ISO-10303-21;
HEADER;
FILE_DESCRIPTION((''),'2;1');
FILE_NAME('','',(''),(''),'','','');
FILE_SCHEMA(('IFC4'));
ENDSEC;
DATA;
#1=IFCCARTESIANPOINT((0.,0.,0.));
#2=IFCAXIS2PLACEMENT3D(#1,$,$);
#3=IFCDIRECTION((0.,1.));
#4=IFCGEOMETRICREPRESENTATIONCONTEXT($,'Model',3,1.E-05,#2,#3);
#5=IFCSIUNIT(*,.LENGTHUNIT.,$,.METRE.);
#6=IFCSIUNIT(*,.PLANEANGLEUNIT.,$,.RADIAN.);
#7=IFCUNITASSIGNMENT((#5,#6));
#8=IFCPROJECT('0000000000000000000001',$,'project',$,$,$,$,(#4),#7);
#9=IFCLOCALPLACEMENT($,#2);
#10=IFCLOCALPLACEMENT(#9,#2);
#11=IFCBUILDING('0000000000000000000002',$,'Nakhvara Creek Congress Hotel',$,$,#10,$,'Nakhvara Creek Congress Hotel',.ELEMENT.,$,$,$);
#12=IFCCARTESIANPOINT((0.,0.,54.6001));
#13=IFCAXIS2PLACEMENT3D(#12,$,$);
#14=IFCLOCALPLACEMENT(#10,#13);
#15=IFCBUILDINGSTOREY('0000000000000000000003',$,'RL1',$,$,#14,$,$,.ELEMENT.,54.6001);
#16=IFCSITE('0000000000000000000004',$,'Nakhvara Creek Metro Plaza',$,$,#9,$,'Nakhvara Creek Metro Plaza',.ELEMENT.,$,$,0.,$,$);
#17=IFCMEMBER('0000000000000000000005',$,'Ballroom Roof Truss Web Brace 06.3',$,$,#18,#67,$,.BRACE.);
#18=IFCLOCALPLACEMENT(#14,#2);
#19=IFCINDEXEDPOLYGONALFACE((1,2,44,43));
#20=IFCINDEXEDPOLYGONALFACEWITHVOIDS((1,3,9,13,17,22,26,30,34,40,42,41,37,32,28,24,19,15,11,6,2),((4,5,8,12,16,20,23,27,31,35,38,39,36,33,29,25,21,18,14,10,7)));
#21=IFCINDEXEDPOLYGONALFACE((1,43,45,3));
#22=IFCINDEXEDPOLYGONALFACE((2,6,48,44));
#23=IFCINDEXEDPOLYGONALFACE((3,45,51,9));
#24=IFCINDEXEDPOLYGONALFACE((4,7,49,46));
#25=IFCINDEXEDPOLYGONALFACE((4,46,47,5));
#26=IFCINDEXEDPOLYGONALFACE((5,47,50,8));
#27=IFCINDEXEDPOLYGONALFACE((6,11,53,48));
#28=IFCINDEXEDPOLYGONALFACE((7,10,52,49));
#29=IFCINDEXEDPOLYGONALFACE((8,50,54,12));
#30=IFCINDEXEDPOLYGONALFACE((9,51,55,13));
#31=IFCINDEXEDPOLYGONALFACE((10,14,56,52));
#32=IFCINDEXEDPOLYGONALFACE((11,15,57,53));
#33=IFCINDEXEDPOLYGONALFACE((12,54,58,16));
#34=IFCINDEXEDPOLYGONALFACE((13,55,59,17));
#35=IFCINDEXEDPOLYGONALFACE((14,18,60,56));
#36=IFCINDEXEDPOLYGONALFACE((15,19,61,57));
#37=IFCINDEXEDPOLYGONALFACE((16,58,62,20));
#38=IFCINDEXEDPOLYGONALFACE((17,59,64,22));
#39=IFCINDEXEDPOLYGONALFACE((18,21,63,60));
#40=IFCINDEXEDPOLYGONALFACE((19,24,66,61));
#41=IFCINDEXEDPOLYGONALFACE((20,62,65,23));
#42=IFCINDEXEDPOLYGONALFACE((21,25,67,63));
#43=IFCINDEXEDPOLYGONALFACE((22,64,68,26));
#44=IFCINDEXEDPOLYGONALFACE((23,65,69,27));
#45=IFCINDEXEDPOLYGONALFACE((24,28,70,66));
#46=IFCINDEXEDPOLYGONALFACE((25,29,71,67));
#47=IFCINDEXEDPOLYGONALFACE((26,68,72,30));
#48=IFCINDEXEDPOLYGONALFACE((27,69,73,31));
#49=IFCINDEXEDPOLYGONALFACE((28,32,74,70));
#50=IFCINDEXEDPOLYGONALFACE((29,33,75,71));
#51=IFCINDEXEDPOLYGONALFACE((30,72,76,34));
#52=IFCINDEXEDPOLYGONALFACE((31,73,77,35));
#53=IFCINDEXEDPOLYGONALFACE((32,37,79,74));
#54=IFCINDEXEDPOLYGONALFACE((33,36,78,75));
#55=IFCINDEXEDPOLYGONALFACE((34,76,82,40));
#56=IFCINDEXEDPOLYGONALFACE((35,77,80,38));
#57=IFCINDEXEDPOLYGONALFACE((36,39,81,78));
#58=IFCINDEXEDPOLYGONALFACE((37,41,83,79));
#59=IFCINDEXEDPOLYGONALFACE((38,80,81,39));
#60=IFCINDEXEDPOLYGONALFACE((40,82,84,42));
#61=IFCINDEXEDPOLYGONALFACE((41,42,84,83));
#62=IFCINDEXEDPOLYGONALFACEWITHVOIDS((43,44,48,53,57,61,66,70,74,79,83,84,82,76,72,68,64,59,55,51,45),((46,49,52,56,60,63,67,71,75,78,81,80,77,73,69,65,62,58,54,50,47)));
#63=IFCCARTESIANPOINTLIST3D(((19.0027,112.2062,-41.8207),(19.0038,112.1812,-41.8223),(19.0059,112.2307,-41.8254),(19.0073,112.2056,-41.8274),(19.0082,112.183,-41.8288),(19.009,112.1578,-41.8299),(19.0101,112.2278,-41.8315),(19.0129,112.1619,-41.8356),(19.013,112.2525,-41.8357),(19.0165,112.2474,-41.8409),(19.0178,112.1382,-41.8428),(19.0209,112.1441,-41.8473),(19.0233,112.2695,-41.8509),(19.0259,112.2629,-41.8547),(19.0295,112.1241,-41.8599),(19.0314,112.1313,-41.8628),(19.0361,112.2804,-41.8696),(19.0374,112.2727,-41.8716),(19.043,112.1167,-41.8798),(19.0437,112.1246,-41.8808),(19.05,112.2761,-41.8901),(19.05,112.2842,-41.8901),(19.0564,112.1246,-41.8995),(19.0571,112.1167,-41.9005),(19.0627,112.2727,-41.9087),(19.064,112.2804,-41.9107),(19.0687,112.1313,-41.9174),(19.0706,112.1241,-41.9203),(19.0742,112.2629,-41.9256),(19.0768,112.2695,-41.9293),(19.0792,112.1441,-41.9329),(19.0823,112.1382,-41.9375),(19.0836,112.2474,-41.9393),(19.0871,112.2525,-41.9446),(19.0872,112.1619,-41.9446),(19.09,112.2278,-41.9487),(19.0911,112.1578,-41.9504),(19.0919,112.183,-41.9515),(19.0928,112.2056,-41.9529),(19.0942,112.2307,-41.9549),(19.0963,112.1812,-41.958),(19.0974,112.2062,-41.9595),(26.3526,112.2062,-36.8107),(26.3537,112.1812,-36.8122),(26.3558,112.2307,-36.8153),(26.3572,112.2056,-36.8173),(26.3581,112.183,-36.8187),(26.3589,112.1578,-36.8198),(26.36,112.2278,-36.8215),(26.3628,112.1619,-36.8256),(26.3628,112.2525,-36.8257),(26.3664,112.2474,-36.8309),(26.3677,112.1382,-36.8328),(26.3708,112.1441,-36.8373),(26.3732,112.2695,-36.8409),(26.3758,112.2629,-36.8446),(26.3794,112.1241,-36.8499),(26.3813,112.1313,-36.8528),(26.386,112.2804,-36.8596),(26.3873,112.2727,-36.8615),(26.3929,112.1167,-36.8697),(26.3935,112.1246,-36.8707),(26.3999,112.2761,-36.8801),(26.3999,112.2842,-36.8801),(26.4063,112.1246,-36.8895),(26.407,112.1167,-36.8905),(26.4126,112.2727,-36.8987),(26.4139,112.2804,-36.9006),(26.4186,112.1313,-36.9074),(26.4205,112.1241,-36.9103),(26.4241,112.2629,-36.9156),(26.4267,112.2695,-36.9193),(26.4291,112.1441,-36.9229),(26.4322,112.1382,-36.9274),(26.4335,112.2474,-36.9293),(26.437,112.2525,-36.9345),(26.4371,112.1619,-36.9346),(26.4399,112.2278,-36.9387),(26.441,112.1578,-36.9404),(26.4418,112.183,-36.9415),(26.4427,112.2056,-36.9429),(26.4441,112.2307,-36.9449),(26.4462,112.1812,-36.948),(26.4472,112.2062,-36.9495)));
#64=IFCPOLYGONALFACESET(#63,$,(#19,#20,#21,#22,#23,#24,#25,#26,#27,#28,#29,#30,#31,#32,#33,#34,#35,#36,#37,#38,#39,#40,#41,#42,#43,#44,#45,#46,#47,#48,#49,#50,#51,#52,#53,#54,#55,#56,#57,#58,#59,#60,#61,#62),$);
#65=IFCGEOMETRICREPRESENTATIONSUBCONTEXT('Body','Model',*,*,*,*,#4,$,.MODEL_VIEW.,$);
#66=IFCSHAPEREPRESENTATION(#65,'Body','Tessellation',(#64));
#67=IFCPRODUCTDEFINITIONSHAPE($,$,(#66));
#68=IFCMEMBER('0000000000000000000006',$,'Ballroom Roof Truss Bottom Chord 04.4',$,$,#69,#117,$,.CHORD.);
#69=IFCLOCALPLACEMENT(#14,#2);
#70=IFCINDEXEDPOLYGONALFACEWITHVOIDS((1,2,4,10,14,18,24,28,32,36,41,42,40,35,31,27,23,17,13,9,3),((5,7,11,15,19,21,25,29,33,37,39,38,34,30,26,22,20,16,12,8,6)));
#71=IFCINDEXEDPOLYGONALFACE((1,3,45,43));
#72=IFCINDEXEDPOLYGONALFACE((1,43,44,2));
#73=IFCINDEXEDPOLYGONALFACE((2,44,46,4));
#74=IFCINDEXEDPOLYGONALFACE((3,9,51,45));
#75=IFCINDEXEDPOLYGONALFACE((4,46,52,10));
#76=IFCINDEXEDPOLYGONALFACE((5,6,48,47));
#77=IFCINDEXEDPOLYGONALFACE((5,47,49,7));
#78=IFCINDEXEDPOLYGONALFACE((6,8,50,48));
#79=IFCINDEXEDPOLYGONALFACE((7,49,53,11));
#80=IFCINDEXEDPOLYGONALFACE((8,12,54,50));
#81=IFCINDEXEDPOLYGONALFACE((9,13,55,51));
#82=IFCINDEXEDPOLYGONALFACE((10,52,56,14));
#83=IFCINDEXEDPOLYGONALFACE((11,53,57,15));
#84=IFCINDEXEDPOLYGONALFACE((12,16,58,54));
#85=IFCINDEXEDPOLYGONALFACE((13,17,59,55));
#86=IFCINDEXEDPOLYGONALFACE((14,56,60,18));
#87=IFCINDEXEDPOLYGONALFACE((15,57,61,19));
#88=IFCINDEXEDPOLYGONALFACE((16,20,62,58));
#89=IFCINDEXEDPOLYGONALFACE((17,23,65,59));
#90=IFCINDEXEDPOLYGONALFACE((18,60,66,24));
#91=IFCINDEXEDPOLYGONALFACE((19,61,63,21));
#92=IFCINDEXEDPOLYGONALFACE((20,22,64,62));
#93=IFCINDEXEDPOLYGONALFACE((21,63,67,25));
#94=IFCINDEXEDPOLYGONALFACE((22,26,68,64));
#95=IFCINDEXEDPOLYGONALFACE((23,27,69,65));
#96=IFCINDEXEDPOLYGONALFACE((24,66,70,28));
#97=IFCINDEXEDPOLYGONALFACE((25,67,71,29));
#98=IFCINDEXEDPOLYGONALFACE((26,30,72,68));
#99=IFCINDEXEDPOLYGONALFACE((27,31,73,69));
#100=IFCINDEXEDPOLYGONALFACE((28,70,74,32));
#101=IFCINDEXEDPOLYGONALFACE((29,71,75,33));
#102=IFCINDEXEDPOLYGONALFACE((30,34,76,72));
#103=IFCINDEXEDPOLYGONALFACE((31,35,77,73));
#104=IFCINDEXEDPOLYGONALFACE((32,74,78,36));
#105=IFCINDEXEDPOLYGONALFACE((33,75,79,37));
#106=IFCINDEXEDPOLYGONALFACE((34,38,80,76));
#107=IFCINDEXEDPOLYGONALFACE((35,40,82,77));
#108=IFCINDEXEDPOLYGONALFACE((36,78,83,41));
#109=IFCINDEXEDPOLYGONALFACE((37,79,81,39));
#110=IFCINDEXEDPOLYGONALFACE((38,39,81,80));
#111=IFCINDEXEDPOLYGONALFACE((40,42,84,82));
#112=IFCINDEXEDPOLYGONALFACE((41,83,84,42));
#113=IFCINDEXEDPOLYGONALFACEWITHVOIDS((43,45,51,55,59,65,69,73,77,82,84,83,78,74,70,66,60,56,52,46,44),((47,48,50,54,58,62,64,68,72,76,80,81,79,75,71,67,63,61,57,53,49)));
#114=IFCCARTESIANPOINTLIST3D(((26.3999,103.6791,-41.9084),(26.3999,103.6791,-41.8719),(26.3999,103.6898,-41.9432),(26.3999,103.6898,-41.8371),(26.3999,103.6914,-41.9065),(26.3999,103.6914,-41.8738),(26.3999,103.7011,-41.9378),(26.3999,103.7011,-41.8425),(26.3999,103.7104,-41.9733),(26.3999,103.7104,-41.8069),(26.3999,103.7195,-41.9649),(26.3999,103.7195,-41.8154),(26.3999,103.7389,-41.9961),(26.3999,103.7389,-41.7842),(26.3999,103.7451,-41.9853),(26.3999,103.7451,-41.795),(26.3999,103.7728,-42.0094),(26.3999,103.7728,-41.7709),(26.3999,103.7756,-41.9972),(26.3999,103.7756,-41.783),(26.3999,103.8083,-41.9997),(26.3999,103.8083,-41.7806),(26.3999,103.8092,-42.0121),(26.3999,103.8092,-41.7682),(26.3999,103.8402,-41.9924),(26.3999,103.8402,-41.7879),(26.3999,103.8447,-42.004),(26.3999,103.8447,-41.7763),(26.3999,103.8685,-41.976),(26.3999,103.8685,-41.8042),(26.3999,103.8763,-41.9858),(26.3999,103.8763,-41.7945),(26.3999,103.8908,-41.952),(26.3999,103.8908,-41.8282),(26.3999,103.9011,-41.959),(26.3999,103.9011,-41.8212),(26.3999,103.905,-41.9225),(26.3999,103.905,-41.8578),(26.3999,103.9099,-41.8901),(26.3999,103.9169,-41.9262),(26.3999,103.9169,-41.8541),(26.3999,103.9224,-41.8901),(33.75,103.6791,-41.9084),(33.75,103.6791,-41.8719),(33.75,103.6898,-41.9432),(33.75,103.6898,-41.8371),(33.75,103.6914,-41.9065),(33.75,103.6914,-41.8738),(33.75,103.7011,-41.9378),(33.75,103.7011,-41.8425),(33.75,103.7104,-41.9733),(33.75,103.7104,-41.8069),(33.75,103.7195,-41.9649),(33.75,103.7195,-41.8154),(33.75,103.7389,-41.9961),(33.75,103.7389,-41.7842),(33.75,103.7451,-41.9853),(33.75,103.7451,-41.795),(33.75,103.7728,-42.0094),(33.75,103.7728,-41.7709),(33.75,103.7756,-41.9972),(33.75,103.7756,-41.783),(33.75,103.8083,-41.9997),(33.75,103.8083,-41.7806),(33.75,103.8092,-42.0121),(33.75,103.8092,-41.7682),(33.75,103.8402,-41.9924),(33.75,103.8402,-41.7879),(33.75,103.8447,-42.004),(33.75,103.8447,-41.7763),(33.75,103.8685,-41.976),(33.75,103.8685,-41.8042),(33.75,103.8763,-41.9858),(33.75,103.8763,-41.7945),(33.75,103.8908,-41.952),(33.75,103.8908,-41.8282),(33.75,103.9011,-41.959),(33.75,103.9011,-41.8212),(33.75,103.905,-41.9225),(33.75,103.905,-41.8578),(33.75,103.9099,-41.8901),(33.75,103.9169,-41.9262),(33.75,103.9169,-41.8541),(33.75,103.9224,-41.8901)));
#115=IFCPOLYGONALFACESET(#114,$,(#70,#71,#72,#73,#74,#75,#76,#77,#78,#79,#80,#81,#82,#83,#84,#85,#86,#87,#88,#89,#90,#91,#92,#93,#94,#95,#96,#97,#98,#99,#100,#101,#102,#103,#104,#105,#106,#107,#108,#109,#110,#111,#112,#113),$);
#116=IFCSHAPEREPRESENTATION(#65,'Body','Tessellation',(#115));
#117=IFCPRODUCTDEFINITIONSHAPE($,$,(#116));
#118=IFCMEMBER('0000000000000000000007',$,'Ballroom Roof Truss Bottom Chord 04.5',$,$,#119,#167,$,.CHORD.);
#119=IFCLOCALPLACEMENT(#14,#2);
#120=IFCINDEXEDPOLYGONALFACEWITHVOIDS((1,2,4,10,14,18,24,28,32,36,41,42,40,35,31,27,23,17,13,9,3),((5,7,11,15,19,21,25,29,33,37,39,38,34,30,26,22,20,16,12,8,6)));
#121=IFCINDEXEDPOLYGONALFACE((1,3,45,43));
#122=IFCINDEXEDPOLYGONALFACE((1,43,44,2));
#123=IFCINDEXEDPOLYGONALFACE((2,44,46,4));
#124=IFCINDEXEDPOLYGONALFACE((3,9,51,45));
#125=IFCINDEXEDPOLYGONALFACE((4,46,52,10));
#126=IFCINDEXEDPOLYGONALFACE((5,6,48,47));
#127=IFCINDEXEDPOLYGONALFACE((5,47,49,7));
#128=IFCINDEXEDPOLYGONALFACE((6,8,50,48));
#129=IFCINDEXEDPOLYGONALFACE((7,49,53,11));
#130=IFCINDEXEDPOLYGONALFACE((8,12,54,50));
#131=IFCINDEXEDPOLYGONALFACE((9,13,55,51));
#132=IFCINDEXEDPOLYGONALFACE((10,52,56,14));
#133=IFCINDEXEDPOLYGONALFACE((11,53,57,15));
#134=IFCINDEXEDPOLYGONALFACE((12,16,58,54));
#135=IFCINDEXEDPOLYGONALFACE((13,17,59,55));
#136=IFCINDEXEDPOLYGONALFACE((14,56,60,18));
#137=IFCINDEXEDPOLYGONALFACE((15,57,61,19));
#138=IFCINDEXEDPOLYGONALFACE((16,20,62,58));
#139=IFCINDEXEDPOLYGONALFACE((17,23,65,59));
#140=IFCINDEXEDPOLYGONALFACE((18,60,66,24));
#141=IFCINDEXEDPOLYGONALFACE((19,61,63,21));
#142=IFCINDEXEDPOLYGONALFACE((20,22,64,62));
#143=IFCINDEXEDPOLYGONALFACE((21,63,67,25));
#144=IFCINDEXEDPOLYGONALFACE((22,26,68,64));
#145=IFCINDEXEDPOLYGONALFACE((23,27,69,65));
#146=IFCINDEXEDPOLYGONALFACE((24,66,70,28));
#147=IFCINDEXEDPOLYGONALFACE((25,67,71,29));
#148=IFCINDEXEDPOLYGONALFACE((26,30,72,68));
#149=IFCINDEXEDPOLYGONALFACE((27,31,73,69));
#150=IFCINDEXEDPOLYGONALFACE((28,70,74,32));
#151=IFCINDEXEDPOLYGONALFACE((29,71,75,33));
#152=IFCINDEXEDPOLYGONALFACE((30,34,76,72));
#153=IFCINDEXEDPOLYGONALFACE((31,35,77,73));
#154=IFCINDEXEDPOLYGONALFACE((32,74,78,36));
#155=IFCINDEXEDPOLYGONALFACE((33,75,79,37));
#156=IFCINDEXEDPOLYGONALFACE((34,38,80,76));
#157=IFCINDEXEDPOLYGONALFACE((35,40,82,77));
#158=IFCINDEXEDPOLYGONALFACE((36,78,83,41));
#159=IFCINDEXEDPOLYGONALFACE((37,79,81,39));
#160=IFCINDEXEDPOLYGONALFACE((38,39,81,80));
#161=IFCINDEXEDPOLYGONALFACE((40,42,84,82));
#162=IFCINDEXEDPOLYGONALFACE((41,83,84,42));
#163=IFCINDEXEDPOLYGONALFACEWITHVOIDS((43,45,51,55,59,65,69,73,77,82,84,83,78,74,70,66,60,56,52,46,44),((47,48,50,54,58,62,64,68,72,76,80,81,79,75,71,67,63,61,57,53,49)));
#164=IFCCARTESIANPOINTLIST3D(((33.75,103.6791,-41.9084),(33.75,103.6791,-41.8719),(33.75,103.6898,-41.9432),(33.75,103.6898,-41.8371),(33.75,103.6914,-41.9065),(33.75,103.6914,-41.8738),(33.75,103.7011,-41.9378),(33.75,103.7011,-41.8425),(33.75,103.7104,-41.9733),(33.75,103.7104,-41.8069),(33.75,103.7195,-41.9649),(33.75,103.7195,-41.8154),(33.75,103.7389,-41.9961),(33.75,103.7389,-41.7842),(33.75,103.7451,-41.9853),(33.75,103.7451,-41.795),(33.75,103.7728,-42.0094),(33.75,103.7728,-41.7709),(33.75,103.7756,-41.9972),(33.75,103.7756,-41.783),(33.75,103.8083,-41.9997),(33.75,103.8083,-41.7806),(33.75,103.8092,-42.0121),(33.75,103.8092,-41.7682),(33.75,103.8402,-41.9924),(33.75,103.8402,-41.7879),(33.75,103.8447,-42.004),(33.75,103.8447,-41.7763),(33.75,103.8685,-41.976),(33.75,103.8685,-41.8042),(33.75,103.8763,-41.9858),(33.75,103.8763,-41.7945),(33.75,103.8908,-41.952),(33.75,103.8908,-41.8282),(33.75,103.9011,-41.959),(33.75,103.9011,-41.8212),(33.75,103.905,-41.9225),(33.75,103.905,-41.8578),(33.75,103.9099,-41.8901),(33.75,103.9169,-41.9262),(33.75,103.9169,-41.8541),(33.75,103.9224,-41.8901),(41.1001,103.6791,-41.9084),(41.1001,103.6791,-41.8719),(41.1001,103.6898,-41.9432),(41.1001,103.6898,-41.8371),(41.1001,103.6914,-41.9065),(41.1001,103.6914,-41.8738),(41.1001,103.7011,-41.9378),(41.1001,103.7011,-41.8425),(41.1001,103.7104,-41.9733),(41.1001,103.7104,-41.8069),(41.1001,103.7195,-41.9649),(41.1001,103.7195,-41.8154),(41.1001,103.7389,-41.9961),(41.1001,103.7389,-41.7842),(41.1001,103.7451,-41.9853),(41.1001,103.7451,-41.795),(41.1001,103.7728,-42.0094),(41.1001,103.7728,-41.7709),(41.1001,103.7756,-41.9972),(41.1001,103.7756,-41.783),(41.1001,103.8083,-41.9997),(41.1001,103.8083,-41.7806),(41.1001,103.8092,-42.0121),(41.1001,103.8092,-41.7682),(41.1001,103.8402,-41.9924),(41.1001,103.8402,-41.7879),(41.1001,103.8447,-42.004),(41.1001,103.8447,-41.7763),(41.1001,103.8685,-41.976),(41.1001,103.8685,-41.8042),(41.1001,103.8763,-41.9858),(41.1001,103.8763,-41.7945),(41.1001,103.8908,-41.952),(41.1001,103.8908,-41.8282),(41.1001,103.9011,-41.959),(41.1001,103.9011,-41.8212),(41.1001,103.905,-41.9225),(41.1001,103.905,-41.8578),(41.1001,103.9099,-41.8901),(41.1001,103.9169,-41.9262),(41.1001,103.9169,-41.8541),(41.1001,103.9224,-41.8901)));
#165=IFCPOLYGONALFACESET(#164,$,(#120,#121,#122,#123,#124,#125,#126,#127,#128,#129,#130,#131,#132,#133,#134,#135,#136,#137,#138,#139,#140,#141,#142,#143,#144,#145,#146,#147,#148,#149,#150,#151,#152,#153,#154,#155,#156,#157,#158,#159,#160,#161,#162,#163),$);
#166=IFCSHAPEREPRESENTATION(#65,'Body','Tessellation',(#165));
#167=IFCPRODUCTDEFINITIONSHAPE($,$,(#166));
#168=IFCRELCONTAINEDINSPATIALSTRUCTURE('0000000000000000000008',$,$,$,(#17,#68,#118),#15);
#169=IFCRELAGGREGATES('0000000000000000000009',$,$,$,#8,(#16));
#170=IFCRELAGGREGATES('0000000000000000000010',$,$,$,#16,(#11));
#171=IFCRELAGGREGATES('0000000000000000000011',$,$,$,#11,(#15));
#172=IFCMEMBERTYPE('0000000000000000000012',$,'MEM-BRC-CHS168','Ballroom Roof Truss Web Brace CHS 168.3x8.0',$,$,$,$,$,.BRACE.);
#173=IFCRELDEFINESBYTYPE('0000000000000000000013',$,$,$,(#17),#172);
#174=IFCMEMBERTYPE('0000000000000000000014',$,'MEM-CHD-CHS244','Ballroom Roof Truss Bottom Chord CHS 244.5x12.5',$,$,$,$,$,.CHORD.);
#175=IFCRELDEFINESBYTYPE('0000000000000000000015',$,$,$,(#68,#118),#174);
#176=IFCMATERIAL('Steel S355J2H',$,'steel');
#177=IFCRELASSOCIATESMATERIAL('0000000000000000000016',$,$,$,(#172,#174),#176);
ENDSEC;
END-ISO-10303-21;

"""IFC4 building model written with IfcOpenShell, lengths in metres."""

from ifc_helpers import new_model, si_unit, direction, frame, origin, origin_2d, place, context, subcontext, project, spatial, hollow_circle, extrude, material, material_profile, profile_set, type_object, element, save


model = new_model("IFC4")

# Units and contexts
model_context = context("Model", 3, precision=1e-05, world=origin(), true_north=direction((0.0, 1.0)))
body_context = subcontext(model_context, "Body", "Model", "MODEL_VIEW")
ifc_project = project(units=[si_unit("LENGTHUNIT", "METRE"), si_unit("PLANEANGLEUNIT", "RADIAN")], contexts=[model_context])

# Site, building, storey
site_placement = place(None, origin())
site = spatial("IfcSite", under=ifc_project, at=site_placement, Name="Nakhvara Creek Metro Plaza", LongName="Nakhvara Creek Metro Plaza", CompositionType="ELEMENT", RefElevation=0.0)
building_placement = place(site_placement, origin())
building = spatial("IfcBuilding", under=site, at=building_placement, Name="Nakhvara Creek Congress Hotel", LongName="Nakhvara Creek Congress Hotel", CompositionType="ELEMENT")
storey_placement = place(building_placement, frame((0.0, 0.0, 54.6001)))
storey = spatial("IfcBuildingStorey", under=building, at=storey_placement, Name="RL1", CompositionType="ELEMENT", Elevation=54.6001)

# Members
ifc_material_1 = material(Name="Steel S355J2H", Category="steel")
ifc_material_profile_1 = material_profile(ifc_material_1, hollow_circle(Radius=0.0842, WallThickness=0.0081, at=origin_2d()), Name="CHS 168.3x8.0", Category="LoadBearing")
ifc_profile_set_1 = profile_set([ifc_material_profile_1], Name="Steel S355J2H")
member_type_1 = type_object("IfcMemberType", Name="MEM-BRC-CHS168", Description="Ballroom Roof Truss Web Brace CHS 168.3x8.0", PredefinedType="BRACE", material=ifc_profile_set_1)
member_1_placement = place(storey_placement, frame((19.05, 112.2, -41.8901), z_axis=(0.826293, 0.0, 0.563241), x_axis=(0.0, 1.0, 0.0)))
element("IfcMember", 1, at=member_1_placement, inside=storey, type_object=member_type_1, Name="Ballroom Roof Truss Web Brace 06.3", PredefinedType="BRACE", context=body_context, shape_type="SweptSolid", body=[
    extrude(hollow_circle(Radius=0.0842, WallThickness=0.0081, at=origin_2d()), origin(), (0.0, 0.0, 1.0), 8.895),
])
ifc_material_profile_2 = material_profile(ifc_material_1, hollow_circle(Radius=0.1223, WallThickness=0.0125, at=origin_2d()), Name="CHS 244.5x12.5", Category="LoadBearing")
ifc_profile_set_2 = profile_set([ifc_material_profile_2], Name="Steel S355J2H")
member_type_2 = type_object("IfcMemberType", Name="MEM-CHD-CHS244", Description="Ballroom Roof Truss Bottom Chord CHS 244.5x12.5", PredefinedType="CHORD", material=ifc_profile_set_2)
for number, where, z_axis, x_axis, name in (
    (2, (26.3999, 103.8, -41.8901), (1.0, 0.0, 0.0), (0.0, 1.0, 0.0), "Ballroom Roof Truss Bottom Chord 04.4"),
    (3, (33.75, 103.8, -41.8901), (1.0, 0.0, 0.0), (0.0, 1.0, 0.0), "Ballroom Roof Truss Bottom Chord 04.5"),
):
    element("IfcMember", number, at=place(storey_placement, frame(where, z_axis=z_axis, x_axis=x_axis)), inside=storey, type_object=member_type_2, Name=name, PredefinedType="CHORD", context=body_context, shape_type="SweptSolid", body=[
        extrude(hollow_circle(Radius=0.1223, WallThickness=0.0125, at=origin_2d()), origin(), (0.0, 0.0, 1.0), 7.3501),
    ])

save(model, "model.ifc")
